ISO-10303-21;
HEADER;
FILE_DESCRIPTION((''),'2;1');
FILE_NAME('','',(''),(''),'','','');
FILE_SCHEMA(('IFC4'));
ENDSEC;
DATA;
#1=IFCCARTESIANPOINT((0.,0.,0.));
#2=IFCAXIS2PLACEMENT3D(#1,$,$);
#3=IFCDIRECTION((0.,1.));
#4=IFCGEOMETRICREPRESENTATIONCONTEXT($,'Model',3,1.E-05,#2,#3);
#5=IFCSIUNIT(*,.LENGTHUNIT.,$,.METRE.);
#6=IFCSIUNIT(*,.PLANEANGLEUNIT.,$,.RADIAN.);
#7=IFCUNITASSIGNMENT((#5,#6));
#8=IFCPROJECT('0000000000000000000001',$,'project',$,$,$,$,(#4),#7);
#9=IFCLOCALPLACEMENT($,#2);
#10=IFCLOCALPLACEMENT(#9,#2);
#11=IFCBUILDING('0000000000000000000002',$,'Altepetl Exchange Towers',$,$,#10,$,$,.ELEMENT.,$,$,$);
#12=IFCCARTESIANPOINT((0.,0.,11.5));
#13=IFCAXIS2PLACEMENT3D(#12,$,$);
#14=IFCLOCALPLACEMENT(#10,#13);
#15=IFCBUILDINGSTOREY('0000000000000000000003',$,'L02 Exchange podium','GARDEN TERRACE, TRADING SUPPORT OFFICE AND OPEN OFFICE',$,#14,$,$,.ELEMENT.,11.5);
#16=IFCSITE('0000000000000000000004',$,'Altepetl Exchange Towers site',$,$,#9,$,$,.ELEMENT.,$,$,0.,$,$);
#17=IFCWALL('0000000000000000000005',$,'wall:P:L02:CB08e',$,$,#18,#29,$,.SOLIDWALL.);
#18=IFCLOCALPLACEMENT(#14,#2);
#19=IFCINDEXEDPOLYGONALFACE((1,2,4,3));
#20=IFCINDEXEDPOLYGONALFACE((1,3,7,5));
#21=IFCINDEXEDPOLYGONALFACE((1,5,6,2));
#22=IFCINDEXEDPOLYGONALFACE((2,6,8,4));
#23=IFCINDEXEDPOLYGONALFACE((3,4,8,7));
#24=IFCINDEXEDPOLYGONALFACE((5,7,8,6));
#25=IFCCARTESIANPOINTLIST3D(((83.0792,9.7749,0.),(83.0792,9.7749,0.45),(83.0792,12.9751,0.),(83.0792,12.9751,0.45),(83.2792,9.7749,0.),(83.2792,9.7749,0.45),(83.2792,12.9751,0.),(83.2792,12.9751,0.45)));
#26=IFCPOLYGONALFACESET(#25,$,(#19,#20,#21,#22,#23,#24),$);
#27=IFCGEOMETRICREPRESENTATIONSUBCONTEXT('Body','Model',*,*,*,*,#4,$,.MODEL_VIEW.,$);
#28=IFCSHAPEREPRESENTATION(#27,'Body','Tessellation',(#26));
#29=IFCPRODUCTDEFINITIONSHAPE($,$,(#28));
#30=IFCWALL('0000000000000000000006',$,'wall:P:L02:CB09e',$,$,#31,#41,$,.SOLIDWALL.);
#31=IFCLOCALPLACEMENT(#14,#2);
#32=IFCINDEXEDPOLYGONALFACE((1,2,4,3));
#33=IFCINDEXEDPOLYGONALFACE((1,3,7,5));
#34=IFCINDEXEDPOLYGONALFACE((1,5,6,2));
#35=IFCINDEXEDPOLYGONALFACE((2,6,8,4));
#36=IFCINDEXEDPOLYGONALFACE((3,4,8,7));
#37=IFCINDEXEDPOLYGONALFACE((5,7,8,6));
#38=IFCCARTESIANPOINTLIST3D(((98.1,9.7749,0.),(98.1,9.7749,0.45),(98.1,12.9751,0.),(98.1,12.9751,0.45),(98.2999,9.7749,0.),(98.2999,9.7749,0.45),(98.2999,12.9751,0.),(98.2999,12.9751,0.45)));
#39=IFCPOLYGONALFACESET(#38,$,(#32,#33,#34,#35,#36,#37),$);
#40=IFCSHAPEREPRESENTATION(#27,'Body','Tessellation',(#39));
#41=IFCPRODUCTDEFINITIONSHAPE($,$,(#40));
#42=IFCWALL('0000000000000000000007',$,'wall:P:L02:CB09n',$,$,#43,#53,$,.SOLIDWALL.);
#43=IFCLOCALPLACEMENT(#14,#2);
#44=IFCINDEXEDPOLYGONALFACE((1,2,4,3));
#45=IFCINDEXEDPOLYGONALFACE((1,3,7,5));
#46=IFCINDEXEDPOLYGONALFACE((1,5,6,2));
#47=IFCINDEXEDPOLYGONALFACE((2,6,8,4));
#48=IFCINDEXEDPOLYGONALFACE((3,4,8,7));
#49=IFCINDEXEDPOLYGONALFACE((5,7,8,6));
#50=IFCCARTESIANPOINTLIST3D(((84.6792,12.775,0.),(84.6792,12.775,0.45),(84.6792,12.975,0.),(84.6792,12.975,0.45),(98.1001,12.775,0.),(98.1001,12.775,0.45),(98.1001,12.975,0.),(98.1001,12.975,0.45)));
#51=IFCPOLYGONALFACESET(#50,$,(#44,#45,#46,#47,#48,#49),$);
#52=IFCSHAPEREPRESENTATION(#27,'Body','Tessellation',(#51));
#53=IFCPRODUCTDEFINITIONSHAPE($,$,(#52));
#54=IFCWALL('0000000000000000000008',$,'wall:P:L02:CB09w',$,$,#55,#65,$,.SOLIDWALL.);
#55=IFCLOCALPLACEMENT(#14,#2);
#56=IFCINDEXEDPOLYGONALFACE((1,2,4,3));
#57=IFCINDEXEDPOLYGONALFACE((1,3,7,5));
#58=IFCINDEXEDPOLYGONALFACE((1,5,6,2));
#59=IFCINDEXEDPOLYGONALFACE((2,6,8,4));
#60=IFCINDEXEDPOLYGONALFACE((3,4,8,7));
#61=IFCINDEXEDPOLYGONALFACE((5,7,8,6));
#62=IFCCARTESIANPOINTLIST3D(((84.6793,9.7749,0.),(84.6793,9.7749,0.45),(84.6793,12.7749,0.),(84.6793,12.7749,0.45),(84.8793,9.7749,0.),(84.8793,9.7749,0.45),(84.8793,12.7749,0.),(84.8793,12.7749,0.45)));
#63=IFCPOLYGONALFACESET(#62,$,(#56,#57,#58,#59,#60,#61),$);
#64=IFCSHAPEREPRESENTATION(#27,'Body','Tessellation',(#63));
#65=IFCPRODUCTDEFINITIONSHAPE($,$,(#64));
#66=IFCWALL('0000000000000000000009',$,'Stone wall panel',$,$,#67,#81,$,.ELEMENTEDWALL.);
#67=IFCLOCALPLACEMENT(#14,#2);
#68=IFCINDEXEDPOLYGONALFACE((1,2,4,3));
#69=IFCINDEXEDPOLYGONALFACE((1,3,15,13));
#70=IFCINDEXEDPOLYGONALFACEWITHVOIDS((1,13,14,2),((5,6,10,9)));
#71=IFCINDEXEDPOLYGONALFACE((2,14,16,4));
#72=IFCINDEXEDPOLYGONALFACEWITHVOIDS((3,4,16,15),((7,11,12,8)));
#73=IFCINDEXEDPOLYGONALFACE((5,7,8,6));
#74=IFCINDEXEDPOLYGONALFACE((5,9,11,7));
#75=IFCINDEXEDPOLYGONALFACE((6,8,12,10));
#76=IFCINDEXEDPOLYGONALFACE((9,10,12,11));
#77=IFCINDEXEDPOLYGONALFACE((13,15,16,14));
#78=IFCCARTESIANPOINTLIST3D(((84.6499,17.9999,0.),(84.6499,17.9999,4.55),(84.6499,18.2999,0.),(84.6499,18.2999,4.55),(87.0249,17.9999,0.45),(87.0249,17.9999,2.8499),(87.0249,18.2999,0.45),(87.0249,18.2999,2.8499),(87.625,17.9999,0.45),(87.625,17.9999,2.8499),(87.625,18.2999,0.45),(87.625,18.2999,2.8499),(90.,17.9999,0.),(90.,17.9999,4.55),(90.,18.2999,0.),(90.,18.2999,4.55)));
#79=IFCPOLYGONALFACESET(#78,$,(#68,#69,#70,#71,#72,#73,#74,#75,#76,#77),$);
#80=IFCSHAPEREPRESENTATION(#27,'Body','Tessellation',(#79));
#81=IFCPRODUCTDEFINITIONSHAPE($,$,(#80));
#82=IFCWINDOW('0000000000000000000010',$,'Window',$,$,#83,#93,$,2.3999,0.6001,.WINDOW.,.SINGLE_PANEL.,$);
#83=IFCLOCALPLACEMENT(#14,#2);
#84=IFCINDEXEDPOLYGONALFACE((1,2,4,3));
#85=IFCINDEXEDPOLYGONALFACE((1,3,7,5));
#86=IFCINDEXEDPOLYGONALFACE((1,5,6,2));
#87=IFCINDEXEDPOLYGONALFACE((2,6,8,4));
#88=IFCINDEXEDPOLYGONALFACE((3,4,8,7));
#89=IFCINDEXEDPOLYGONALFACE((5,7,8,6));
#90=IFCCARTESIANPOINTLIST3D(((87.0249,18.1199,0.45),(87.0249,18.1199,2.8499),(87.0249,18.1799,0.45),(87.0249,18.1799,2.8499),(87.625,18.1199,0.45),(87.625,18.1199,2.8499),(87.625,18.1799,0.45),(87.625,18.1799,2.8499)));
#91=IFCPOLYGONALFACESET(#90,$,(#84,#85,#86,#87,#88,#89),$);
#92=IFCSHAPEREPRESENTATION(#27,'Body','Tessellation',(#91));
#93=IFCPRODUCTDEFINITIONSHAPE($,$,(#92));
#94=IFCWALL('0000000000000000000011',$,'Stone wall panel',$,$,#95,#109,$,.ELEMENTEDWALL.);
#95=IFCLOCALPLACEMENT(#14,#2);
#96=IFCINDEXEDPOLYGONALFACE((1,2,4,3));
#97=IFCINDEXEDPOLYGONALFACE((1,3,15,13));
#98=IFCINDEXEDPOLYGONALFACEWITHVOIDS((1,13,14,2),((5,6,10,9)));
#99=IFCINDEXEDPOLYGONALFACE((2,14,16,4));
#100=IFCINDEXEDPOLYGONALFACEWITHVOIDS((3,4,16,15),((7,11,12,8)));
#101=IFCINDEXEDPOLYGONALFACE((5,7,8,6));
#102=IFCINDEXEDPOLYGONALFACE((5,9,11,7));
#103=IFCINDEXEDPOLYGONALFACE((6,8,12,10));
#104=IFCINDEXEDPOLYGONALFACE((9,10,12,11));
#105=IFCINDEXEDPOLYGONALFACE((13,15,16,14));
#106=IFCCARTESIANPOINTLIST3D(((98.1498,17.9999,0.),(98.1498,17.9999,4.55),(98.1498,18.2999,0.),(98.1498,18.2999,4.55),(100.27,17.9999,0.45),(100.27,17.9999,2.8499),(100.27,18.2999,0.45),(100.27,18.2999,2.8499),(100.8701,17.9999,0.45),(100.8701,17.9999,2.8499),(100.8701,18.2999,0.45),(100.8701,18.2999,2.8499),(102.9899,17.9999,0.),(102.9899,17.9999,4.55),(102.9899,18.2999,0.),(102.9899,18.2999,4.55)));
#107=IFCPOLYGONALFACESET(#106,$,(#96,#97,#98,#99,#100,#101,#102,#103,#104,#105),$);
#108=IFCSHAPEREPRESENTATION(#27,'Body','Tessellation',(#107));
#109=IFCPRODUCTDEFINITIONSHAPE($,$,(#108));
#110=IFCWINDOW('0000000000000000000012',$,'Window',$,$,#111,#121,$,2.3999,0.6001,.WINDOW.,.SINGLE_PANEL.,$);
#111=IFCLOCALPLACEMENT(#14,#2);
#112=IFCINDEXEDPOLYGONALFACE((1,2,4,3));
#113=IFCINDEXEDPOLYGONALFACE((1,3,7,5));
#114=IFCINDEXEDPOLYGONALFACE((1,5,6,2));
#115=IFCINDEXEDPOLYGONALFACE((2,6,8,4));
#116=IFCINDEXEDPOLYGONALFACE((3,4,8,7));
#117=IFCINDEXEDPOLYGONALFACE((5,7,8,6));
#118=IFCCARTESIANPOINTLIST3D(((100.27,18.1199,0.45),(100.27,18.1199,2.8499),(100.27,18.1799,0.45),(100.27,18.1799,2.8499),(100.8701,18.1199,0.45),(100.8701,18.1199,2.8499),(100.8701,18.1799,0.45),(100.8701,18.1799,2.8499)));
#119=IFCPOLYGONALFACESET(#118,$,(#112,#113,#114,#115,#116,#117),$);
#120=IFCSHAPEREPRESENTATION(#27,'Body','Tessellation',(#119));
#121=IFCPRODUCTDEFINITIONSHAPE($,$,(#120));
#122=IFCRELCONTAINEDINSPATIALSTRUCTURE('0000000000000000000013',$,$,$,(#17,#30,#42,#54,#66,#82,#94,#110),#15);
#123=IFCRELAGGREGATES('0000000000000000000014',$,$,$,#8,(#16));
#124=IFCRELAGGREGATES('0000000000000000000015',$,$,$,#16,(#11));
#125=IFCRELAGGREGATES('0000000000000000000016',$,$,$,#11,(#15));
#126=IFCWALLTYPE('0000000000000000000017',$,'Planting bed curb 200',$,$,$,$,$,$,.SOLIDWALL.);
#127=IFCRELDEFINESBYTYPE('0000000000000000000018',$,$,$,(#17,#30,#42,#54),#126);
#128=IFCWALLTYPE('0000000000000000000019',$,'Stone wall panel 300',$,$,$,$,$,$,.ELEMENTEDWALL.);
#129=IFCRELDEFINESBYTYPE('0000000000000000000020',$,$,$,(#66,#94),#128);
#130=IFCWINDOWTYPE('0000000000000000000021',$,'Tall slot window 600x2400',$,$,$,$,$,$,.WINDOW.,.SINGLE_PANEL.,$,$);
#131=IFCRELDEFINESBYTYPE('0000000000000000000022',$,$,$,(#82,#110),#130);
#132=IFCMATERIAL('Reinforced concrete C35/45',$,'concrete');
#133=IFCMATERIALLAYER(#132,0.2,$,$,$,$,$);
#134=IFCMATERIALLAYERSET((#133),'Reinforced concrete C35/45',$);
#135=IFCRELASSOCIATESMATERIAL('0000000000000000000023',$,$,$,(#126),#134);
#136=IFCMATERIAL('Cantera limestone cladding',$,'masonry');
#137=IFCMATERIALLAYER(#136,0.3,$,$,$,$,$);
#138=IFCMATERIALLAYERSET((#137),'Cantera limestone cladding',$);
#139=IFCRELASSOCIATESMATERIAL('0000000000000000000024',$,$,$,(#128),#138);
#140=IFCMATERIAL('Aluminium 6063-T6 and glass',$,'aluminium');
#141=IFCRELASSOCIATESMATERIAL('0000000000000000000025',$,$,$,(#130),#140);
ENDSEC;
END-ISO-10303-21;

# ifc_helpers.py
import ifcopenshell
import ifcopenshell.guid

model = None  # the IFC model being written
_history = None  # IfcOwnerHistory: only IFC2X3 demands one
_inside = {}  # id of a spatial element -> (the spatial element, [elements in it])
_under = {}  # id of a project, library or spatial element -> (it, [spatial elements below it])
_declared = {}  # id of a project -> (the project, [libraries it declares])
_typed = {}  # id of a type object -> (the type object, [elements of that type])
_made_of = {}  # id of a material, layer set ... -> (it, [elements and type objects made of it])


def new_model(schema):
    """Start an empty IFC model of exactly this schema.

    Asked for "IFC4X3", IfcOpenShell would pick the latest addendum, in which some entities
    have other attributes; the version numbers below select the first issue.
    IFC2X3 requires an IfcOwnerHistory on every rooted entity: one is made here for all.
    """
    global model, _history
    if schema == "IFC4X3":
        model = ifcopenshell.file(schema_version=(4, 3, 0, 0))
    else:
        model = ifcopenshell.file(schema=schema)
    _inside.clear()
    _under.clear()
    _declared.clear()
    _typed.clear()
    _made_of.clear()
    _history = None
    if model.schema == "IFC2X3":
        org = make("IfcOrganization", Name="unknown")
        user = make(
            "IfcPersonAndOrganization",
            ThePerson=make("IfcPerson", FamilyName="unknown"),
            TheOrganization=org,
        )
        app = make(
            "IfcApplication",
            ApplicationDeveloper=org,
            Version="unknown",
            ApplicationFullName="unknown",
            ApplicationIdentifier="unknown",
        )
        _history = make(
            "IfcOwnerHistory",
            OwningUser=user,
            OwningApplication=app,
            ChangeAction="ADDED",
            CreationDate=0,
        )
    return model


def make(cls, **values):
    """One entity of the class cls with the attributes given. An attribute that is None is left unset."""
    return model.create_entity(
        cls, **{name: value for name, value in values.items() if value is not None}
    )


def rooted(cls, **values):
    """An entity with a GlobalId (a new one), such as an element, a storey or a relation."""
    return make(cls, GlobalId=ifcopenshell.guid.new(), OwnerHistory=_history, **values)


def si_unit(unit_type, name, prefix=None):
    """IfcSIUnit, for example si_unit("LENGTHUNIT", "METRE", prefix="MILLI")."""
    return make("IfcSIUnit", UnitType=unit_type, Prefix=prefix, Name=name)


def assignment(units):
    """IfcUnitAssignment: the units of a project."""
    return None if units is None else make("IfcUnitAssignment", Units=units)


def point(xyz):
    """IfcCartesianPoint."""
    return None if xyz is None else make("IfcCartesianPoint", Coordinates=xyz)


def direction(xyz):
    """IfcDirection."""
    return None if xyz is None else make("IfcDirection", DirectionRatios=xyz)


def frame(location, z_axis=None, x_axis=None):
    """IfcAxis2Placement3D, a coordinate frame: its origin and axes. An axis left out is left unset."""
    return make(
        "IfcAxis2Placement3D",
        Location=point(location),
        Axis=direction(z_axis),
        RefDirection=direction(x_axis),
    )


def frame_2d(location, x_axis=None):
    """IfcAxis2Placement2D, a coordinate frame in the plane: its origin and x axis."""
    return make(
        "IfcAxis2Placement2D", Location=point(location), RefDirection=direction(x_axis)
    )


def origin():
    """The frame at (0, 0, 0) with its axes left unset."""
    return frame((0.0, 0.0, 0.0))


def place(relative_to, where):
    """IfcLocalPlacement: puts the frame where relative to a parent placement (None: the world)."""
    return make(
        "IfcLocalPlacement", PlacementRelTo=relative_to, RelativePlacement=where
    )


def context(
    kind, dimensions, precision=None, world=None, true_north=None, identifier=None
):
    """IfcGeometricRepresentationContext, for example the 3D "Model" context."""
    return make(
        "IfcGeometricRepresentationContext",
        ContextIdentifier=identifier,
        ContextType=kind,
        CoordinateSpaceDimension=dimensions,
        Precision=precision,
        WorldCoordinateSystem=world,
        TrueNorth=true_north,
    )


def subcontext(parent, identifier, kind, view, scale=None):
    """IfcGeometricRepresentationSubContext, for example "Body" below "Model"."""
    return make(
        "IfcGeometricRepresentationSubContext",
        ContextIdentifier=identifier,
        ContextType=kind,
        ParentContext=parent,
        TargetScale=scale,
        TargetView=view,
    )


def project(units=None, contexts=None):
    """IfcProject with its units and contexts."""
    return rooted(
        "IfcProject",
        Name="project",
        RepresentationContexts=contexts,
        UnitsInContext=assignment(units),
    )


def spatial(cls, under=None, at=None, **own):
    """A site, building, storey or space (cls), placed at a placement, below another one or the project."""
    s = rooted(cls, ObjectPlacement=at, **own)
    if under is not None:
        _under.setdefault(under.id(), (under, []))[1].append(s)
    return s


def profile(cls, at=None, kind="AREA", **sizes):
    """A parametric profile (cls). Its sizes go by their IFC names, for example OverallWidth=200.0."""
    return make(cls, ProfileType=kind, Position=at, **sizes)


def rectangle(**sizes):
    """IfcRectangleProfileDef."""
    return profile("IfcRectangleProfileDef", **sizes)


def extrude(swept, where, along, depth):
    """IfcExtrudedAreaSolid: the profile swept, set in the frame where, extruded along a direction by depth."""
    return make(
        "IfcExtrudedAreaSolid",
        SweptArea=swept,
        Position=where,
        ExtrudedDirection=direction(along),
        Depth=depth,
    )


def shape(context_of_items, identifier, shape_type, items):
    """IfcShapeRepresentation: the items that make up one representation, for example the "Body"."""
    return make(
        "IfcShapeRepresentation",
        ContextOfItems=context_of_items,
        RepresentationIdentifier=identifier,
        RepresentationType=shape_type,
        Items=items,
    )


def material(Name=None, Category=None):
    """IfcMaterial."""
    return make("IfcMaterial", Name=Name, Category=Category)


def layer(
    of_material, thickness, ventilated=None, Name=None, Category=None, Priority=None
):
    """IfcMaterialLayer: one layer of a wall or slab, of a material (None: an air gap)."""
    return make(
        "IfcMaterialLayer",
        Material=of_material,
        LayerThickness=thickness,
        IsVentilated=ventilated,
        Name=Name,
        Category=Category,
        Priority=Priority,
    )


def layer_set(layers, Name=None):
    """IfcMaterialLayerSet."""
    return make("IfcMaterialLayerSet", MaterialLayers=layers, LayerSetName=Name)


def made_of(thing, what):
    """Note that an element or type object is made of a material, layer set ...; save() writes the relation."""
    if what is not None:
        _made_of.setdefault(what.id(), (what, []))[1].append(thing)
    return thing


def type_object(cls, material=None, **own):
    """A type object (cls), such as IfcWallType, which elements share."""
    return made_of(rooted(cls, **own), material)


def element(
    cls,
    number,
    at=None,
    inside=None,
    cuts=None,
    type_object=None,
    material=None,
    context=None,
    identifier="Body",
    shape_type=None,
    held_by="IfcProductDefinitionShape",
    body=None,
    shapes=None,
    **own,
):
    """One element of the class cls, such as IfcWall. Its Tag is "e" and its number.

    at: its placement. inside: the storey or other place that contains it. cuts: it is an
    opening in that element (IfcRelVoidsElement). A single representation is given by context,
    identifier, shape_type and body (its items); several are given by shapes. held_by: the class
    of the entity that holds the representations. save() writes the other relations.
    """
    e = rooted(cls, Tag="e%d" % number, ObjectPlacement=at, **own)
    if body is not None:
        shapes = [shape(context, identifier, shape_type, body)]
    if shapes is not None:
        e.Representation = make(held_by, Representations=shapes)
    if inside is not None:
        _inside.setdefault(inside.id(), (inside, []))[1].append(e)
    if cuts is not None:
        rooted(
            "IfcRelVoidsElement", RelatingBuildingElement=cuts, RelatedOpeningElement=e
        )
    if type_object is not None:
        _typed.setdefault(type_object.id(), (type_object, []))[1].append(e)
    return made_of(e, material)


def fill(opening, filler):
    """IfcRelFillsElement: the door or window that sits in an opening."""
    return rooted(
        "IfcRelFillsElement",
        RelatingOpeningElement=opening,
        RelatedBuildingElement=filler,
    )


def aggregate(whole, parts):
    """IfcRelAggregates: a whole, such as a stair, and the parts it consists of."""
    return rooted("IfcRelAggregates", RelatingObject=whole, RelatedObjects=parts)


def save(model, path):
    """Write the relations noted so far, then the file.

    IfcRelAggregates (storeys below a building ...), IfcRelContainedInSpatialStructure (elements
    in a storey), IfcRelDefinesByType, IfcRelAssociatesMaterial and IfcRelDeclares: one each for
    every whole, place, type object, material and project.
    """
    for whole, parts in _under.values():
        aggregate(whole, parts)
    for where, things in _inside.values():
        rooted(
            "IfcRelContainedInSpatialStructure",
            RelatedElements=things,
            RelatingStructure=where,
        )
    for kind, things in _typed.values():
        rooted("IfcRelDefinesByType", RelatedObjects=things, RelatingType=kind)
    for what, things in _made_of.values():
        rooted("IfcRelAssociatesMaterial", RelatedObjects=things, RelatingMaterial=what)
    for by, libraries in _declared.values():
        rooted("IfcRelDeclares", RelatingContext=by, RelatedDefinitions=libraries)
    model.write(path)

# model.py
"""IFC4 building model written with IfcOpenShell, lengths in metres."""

from ifc_helpers import new_model, si_unit, direction, frame, frame_2d, origin, place, context, subcontext, project, spatial, rectangle, extrude, material, layer, layer_set, type_object, element, fill, save


model = new_model("IFC4")

# Units and contexts
model_context = context("Model", 3, precision=1e-05, world=origin(), true_north=direction((0.0, 1.0)))
body_context = subcontext(model_context, "Body", "Model", "MODEL_VIEW")
ifc_project = project(units=[si_unit("LENGTHUNIT", "METRE"), si_unit("PLANEANGLEUNIT", "RADIAN")], contexts=[model_context])

# Site, building, storey
site_placement = place(None, origin())
site = spatial("IfcSite", under=ifc_project, at=site_placement, Name="Altepetl Exchange Towers site", CompositionType="ELEMENT", RefElevation=0.0)
building_placement = place(site_placement, origin())
building = spatial("IfcBuilding", under=site, at=building_placement, Name="Altepetl Exchange Towers", CompositionType="ELEMENT")
storey_placement = place(building_placement, frame((0.0, 0.0, 11.5)))
storey = spatial("IfcBuildingStorey", under=building, at=storey_placement, Name="L02 Exchange podium", Description="GARDEN TERRACE, TRADING SUPPORT OFFICE AND OPEN OFFICE", CompositionType="ELEMENT", Elevation=11.5)

# Shared definitions
ifc_material_1 = material(Name="Reinforced concrete C35/45", Category="concrete")
ifc_material_2 = material(Name="Aluminium 6063-T6 and glass", Category="aluminium")

# Walls
ifc_layer_1 = layer(ifc_material_1, 0.2)
ifc_layer_set_1 = layer_set([ifc_layer_1], Name="Reinforced concrete C35/45")
wall_type_1 = type_object("IfcWallType", Name="Planting bed curb 200", PredefinedType="SOLIDWALL", material=ifc_layer_set_1)
for number, where, z_axis, x_axis, name in (
    (1, (83.1792, 9.7749, 0.0), (0.0, 0.0, 1.0), (0.0, 1.0, 0.0), "wall:P:L02:CB08e"),
    (2, (98.2, 9.7749, 0.0), (0.0, 0.0, 1.0), (0.0, 1.0, 0.0), "wall:P:L02:CB09e"),
):
    element("IfcWall", number, at=place(storey_placement, frame(where, z_axis=z_axis, x_axis=x_axis)), inside=storey, type_object=wall_type_1, Name=name, PredefinedType="SOLIDWALL", context=body_context, shape_type="SweptSolid", body=[
        extrude(rectangle(XDim=3.2002, YDim=0.2, at=frame_2d((1.6001, 0.0))), origin(), (0.0, 0.0, 1.0), 0.45),
    ])
wall_1_placement = place(storey_placement, frame((84.6792, 12.875, 0.0)))
element("IfcWall", 3, at=wall_1_placement, inside=storey, type_object=wall_type_1, Name="wall:P:L02:CB09n", PredefinedType="SOLIDWALL", context=body_context, shape_type="SweptSolid", body=[
    extrude(rectangle(XDim=13.4209, YDim=0.2, at=frame_2d((6.7104, 0.0))), origin(), (0.0, 0.0, 1.0), 0.45),
])
wall_2_placement = place(storey_placement, frame((84.7793, 9.7749, 0.0), z_axis=(0.0, 0.0, 1.0), x_axis=(0.0, 1.0, 0.0)))
element("IfcWall", 4, at=wall_2_placement, inside=storey, type_object=wall_type_1, Name="wall:P:L02:CB09w", PredefinedType="SOLIDWALL", context=body_context, shape_type="SweptSolid", body=[
    extrude(rectangle(XDim=3.0, YDim=0.2, at=frame_2d((1.5, 0.0))), origin(), (0.0, 0.0, 1.0), 0.45),
])

# Walls, openings, windows
ifc_material_3 = material(Name="Cantera limestone cladding", Category="masonry")
ifc_layer_2 = layer(ifc_material_3, 0.3)
ifc_layer_set_2 = layer_set([ifc_layer_2], Name="Cantera limestone cladding")
wall_type_2 = type_object("IfcWallType", Name="Stone wall panel 300", PredefinedType="ELEMENTEDWALL", material=ifc_layer_set_2)
wall_3_placement = place(storey_placement, frame((84.6499, 18.1499, 0.0)))
wall_3 = element("IfcWall", 5, at=wall_3_placement, inside=storey, type_object=wall_type_2, Name="Stone wall panel", PredefinedType="ELEMENTEDWALL", context=body_context, shape_type="SweptSolid", body=[
    extrude(rectangle(XDim=5.3501, YDim=0.3, at=frame_2d((2.675, 0.0))), origin(), (0.0, 0.0, 1.0), 4.55),
])
opening_1_placement = place(wall_3_placement, frame((2.375, 0.0, 0.45)))
opening_1 = element("IfcOpeningElement", 6, at=opening_1_placement, cuts=wall_3, PredefinedType="OPENING", context=body_context, shape_type="SweptSolid", body=[
    extrude(rectangle(XDim=0.6001, YDim=2.3999, at=frame_2d((0.3, 1.2))), frame((0.0, 0.1602, 0.0), z_axis=(0.0, -1.0, 0.0), x_axis=(1.0, 0.0, 0.0)), (0.0, 0.0, 1.0), 0.3201),
])
window_type = type_object("IfcWindowType", Name="Tall slot window 600x2400", PartitioningType="SINGLE_PANEL", PredefinedType="WINDOW", material=ifc_material_2)
window_1_placement = place(opening_1_placement, origin())
window_1 = element("IfcWindow", 7, at=window_1_placement, inside=storey, type_object=window_type, Name="Window", OverallHeight=2.3999, OverallWidth=0.6001, PartitioningType="SINGLE_PANEL", PredefinedType="WINDOW", context=body_context, shape_type="SweptSolid", body=[
    extrude(rectangle(XDim=0.6001, YDim=2.3999, at=frame_2d((0.3, 1.2))), frame((0.0, 0.03, 0.0), z_axis=(0.0, -1.0, 0.0), x_axis=(1.0, 0.0, 0.0)), (0.0, 0.0, 1.0), 0.0601),
])
fill(opening_1, window_1)
wall_4_placement = place(storey_placement, frame((98.1499, 18.1499, 0.0)))
wall_4 = element("IfcWall", 8, at=wall_4_placement, inside=storey, type_object=wall_type_2, Name="Stone wall panel", PredefinedType="ELEMENTEDWALL", context=body_context, shape_type="SweptSolid", body=[
    extrude(rectangle(XDim=4.8401, YDim=0.3, at=frame_2d((2.4199, 0.0))), origin(), (0.0, 0.0, 1.0), 4.55),
])
opening_2_placement = place(wall_4_placement, frame((2.1201, 0.0, 0.45)))
opening_2 = element("IfcOpeningElement", 9, at=opening_2_placement, cuts=wall_4, PredefinedType="OPENING", context=body_context, shape_type="SweptSolid", body=[
    extrude(rectangle(XDim=0.6001, YDim=2.3999, at=frame_2d((0.3, 1.2))), frame((0.0, 0.1602, 0.0), z_axis=(0.0, -1.0, 0.0), x_axis=(1.0, 0.0, 0.0)), (0.0, 0.0, 1.0), 0.3201),
])
window_2_placement = place(opening_2_placement, origin())
window_2 = element("IfcWindow", 10, at=window_2_placement, inside=storey, type_object=window_type, Name="Window", OverallHeight=2.3999, OverallWidth=0.6001, PartitioningType="SINGLE_PANEL", PredefinedType="WINDOW", context=body_context, shape_type="SweptSolid", body=[
    extrude(rectangle(XDim=0.6001, YDim=2.3999, at=frame_2d((0.3, 1.2))), frame((0.0, 0.03, 0.0), z_axis=(0.0, -1.0, 0.0), x_axis=(1.0, 0.0, 0.0)), (0.0, 0.0, 1.0), 0.0601),
])
fill(opening_2, window_2)

save(model, "model.ifc")
